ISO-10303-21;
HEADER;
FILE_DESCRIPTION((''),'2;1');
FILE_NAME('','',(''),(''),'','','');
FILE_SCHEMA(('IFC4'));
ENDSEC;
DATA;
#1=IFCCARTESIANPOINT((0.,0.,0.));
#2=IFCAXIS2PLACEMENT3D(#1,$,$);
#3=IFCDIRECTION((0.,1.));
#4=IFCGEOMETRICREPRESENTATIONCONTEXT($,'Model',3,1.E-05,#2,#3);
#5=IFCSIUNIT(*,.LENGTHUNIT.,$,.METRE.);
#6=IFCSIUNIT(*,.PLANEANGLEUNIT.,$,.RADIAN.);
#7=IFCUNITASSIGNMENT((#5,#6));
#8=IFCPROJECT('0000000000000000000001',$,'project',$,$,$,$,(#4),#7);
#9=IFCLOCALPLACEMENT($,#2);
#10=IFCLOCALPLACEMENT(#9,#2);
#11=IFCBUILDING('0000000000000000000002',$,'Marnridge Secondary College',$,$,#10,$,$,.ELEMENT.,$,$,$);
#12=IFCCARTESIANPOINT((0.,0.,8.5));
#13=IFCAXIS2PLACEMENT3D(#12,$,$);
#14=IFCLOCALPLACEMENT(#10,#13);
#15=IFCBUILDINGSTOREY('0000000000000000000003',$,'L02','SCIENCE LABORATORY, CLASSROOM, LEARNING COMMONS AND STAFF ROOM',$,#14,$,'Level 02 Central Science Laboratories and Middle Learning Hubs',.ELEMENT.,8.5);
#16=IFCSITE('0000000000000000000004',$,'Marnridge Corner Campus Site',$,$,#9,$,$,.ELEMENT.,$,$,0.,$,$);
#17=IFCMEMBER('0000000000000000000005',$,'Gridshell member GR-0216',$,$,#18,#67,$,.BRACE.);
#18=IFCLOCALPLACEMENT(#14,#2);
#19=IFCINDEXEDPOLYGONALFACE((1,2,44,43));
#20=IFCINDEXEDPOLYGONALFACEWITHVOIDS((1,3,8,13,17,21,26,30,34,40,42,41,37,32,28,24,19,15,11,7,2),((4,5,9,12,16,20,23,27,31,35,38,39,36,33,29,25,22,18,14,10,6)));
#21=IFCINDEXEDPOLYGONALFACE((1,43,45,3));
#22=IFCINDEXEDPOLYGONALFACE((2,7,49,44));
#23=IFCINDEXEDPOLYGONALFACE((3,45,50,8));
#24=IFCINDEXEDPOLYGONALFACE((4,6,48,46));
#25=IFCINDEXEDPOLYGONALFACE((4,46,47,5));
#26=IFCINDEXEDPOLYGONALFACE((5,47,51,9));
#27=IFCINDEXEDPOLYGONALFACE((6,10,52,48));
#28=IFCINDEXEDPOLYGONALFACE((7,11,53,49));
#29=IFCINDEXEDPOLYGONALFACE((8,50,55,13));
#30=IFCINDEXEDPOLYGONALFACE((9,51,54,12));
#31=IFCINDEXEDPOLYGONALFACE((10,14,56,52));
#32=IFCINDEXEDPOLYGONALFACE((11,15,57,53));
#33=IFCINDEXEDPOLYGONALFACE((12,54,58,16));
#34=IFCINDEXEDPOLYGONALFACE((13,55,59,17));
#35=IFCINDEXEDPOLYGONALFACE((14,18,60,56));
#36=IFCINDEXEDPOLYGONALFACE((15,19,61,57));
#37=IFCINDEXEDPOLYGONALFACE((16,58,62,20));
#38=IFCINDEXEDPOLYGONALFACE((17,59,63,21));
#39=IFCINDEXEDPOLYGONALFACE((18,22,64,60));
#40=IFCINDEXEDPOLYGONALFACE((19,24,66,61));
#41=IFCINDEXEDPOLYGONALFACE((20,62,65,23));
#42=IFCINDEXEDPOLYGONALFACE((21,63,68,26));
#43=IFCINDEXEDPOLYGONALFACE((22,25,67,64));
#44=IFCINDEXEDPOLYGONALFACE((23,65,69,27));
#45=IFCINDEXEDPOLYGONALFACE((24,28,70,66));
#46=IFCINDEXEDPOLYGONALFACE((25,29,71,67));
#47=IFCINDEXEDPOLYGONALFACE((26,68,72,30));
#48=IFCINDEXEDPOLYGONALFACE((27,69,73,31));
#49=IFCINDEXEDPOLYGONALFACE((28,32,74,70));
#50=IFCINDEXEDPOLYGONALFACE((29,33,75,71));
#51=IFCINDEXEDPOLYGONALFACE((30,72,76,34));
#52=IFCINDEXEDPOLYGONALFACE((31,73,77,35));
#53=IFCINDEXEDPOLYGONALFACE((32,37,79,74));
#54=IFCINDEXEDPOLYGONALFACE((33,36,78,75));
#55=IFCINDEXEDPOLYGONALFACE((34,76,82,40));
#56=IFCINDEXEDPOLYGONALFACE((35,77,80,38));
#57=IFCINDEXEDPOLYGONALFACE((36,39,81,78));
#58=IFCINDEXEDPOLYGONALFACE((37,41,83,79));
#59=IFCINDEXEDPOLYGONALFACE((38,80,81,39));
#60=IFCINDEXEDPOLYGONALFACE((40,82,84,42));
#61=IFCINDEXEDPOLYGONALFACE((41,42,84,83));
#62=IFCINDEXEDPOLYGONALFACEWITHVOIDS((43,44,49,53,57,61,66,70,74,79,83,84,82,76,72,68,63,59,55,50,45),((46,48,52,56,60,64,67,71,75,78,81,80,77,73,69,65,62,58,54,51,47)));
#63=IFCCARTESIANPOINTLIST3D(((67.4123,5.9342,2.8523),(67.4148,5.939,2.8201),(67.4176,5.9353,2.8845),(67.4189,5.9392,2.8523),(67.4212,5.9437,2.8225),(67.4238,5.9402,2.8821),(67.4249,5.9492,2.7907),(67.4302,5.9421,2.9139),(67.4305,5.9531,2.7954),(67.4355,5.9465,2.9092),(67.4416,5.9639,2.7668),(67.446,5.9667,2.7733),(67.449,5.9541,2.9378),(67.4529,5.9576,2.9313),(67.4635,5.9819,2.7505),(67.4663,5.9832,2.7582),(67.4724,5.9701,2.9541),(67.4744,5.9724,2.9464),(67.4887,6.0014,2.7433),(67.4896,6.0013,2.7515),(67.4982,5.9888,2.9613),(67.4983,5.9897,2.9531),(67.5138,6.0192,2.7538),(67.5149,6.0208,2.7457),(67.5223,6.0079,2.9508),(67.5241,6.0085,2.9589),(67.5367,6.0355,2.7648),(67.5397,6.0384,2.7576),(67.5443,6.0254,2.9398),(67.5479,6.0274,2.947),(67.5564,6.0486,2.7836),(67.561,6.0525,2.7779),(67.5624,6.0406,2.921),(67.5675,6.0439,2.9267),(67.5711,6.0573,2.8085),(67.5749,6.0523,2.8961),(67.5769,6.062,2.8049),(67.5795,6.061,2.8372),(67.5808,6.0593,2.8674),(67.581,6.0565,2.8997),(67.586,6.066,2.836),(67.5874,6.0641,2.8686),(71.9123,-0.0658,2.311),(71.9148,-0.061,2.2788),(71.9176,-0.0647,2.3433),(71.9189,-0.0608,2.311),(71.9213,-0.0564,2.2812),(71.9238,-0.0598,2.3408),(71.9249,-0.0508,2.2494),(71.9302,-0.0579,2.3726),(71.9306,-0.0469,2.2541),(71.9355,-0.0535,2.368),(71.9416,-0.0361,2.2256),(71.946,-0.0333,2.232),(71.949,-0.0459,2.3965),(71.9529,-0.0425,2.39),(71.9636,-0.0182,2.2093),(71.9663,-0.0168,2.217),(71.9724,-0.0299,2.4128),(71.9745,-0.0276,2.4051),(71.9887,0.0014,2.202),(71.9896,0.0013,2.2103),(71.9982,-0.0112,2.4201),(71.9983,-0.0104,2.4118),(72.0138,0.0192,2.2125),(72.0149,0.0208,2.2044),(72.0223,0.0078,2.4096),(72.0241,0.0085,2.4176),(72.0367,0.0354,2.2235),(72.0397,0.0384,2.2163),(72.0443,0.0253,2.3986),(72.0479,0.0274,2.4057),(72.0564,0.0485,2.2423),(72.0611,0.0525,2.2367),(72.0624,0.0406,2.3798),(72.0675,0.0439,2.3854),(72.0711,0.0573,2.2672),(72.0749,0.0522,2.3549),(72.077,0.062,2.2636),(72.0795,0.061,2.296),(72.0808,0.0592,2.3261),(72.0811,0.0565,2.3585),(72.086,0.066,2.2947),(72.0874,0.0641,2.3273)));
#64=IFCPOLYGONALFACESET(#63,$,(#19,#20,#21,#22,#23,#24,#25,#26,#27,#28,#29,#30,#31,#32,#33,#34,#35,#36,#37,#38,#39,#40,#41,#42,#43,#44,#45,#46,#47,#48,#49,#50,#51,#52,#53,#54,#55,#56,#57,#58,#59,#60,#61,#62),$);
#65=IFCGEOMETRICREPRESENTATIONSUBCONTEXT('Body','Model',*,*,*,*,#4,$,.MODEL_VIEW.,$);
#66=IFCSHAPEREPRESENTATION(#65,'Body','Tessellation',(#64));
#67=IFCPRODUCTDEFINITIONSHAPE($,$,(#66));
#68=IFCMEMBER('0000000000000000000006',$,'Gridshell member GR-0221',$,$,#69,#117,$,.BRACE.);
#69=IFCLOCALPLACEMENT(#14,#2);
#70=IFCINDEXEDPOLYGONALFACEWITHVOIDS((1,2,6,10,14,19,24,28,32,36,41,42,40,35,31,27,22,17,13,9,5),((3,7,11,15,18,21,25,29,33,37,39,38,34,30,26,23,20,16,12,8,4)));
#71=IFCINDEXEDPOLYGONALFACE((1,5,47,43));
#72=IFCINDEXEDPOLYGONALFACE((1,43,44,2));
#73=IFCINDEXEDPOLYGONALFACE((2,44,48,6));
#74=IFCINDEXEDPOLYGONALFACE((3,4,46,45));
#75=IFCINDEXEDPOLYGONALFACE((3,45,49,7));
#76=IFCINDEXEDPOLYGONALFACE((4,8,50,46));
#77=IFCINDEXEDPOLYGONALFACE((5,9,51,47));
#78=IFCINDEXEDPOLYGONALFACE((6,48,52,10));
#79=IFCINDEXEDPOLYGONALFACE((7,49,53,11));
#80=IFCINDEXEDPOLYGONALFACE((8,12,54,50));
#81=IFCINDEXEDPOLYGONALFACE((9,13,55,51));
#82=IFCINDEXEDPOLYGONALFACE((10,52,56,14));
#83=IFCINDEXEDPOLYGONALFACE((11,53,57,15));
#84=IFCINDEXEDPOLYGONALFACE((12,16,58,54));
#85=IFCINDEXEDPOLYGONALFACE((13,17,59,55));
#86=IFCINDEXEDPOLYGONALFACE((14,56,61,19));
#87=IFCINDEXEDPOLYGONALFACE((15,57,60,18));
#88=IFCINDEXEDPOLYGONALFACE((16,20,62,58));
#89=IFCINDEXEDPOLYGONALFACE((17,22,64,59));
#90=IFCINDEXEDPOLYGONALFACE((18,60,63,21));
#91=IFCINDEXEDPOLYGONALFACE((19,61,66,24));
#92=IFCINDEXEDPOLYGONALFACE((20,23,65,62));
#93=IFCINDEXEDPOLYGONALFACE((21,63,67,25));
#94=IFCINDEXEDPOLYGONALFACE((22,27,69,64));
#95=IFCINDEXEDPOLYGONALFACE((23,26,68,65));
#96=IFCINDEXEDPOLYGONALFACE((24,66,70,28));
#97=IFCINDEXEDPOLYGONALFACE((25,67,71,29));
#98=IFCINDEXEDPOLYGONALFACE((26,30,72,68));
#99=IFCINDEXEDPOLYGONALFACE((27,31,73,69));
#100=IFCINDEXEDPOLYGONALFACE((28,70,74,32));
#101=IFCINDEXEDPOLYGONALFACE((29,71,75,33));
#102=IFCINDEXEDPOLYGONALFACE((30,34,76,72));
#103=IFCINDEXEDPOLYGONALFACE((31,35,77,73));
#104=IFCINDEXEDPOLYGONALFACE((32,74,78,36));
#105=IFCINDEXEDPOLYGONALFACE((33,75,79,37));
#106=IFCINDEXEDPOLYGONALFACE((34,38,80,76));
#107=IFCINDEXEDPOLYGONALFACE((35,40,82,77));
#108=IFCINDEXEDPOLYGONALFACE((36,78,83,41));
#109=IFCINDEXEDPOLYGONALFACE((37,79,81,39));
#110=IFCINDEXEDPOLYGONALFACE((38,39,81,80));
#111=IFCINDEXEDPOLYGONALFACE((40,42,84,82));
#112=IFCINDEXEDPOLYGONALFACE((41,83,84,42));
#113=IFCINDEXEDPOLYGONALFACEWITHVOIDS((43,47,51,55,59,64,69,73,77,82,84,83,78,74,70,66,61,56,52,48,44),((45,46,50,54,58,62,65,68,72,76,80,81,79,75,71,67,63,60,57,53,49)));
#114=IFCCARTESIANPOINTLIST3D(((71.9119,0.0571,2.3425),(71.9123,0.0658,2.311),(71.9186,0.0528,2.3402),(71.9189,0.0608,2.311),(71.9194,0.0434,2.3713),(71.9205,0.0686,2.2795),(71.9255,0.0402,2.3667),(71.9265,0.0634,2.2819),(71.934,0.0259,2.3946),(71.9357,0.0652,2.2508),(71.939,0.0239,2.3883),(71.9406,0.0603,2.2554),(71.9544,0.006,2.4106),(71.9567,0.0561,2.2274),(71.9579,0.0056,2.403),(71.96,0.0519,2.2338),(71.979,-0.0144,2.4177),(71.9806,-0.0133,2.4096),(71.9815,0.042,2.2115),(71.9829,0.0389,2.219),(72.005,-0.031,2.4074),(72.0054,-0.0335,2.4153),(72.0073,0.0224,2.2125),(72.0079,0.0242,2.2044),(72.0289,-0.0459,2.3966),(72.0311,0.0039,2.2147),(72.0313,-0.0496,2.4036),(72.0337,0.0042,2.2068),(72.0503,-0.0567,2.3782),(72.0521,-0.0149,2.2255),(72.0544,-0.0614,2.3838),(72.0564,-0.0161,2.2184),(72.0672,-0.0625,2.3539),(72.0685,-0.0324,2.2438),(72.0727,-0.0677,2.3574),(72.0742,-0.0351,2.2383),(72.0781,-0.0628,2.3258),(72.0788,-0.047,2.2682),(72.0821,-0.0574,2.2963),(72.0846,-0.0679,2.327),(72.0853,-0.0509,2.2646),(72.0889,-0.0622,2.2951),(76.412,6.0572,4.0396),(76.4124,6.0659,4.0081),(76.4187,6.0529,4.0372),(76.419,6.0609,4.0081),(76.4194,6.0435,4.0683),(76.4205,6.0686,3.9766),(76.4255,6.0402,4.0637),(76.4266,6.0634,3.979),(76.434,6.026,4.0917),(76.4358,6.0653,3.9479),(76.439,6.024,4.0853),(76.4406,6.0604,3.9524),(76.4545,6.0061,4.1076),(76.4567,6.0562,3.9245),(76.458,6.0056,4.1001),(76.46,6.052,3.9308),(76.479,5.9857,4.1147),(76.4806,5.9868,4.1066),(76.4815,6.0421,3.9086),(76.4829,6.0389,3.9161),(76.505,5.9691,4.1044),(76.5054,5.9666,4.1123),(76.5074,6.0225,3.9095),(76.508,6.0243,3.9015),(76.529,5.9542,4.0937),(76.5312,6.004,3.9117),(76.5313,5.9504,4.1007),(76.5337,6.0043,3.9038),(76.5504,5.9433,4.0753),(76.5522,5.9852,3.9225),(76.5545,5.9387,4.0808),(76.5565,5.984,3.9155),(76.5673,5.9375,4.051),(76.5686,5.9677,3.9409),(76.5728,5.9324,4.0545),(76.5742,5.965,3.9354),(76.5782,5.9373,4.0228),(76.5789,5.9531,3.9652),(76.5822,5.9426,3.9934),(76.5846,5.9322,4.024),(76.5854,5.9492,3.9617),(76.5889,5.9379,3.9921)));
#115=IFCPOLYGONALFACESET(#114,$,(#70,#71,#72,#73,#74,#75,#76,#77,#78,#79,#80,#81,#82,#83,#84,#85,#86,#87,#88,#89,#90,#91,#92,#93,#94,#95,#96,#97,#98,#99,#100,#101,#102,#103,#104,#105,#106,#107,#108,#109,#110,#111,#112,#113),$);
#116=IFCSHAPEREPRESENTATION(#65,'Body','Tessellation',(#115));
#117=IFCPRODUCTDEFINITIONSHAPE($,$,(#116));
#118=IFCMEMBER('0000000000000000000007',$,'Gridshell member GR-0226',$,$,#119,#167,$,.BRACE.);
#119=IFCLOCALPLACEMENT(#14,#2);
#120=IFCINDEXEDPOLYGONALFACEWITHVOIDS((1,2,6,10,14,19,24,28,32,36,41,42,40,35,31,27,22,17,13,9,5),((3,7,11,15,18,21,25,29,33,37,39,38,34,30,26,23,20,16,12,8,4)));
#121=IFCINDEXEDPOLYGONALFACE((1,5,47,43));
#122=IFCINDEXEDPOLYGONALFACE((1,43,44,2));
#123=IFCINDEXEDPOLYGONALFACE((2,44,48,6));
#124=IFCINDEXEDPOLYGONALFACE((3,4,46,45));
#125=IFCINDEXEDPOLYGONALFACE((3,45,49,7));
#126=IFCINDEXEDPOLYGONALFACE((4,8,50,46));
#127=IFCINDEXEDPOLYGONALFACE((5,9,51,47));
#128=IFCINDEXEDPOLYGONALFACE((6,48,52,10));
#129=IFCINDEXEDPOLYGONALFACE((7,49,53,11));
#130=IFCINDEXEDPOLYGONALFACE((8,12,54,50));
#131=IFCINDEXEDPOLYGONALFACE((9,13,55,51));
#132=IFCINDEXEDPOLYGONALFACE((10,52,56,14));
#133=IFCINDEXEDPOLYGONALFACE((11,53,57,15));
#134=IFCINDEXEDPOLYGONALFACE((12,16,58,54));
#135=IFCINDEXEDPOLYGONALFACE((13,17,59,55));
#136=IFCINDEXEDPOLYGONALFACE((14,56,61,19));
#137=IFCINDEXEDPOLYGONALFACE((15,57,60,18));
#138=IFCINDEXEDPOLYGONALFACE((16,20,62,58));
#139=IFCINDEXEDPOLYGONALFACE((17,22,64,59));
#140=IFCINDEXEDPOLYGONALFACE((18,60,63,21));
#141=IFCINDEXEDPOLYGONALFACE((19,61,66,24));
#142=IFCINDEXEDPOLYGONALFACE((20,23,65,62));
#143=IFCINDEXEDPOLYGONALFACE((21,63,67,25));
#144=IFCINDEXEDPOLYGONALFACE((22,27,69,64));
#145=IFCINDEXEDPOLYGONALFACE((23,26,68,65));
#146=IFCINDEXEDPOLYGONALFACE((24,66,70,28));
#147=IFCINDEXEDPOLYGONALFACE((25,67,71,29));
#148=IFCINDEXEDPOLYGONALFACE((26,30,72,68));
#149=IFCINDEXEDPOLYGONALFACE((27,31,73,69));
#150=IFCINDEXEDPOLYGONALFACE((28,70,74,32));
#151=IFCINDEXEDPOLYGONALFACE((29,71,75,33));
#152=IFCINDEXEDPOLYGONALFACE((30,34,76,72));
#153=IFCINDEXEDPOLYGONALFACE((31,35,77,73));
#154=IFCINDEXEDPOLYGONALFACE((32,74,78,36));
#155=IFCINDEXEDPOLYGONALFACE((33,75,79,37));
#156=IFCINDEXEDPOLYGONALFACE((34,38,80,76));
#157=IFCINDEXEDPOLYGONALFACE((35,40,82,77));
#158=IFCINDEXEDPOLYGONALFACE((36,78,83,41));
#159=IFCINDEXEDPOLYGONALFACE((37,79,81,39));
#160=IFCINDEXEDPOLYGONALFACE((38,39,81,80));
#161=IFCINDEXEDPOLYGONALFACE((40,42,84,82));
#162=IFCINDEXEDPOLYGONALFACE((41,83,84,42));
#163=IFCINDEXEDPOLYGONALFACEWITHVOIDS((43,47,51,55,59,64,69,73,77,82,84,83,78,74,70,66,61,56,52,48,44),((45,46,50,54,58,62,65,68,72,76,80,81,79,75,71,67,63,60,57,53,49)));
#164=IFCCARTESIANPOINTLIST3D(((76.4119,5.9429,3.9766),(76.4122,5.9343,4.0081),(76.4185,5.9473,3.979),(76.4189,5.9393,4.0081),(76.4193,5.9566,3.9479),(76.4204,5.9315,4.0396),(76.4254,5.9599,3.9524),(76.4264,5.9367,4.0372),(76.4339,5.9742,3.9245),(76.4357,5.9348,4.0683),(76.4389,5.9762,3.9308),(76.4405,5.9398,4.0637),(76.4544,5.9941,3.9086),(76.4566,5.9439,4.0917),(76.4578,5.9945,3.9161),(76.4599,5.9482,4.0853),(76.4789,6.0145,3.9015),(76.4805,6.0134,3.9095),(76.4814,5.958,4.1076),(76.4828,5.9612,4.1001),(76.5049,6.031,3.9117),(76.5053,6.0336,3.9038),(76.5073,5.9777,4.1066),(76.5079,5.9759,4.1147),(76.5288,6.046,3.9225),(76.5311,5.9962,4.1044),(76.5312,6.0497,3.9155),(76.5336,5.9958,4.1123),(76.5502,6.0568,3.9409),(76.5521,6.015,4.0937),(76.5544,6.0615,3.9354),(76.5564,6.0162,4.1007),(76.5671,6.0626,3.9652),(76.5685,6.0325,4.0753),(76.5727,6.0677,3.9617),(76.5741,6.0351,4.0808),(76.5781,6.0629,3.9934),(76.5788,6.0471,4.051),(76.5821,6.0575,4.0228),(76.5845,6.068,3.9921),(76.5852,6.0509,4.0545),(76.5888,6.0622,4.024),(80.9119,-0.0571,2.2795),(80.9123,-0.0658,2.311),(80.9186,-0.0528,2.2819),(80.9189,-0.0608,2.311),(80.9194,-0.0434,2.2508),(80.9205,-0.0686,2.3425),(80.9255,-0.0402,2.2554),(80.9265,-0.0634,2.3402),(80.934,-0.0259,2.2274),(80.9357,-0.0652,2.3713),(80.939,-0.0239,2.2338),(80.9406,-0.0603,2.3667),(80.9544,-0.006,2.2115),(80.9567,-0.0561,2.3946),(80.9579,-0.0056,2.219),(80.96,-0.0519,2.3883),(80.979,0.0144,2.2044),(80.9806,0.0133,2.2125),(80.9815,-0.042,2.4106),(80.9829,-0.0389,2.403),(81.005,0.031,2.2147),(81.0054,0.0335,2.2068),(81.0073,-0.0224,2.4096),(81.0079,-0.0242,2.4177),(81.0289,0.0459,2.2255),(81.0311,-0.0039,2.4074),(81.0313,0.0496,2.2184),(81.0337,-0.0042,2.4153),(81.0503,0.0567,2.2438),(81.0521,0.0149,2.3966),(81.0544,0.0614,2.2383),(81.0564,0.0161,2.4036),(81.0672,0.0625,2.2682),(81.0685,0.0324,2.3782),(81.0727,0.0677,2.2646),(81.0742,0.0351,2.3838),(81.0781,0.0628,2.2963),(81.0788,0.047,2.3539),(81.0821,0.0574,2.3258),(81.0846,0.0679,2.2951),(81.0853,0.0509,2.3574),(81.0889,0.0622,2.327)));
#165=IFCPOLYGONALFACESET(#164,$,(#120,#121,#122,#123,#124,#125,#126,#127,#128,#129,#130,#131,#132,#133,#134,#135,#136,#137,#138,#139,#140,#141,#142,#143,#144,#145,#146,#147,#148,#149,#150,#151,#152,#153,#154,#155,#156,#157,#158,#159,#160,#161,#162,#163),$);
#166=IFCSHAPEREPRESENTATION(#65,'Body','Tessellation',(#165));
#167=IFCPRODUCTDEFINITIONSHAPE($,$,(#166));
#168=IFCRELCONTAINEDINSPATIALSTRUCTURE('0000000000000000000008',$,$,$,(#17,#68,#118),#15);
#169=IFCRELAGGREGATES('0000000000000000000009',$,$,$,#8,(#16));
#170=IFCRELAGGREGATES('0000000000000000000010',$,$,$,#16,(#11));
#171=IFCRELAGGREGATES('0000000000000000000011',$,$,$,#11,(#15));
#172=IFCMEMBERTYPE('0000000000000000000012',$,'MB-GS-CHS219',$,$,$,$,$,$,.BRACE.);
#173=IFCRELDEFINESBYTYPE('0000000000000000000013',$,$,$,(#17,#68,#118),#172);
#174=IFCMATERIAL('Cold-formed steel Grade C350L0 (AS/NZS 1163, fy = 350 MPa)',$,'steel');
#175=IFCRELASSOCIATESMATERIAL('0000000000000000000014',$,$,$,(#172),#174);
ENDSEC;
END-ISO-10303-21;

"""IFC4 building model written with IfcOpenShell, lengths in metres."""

from ifc_helpers import new_model, si_unit, direction, frame, origin, origin_2d, place, context, subcontext, project, spatial, hollow_circle, extrude, material, material_profile, profile_set, type_object, element, save


model = new_model("IFC4")

# Units and contexts
model_context = context("Model", 3, precision=1e-05, world=origin(), true_north=direction((0.0, 1.0)))
body_context = subcontext(model_context, "Body", "Model", "MODEL_VIEW")
ifc_project = project(units=[si_unit("LENGTHUNIT", "METRE"), si_unit("PLANEANGLEUNIT", "RADIAN")], contexts=[model_context])

# Site, building, storey
site_placement = place(None, origin())
site = spatial("IfcSite", under=ifc_project, at=site_placement, Name="Marnridge Corner Campus Site", CompositionType="ELEMENT", RefElevation=0.0)
building_placement = place(site_placement, origin())
building = spatial("IfcBuilding", under=site, at=building_placement, Name="Marnridge Secondary College", CompositionType="ELEMENT")
storey_placement = place(building_placement, frame((0.0, 0.0, 8.5)))
storey = spatial("IfcBuildingStorey", under=building, at=storey_placement, Name="L02", Description="SCIENCE LABORATORY, CLASSROOM, LEARNING COMMONS AND STAFF ROOM", LongName="Level 02 Central Science Laboratories and Middle Learning Hubs", CompositionType="ELEMENT", Elevation=8.5)

# Members
ifc_material_1 = material(Name="Cold-formed steel Grade C350L0 (AS/NZS 1163, fy = 350 MPa)", Category="steel")
ifc_material_profile_1 = material_profile(ifc_material_1, hollow_circle(Radius=0.1096, WallThickness=0.0083, at=origin_2d()), Name="219.1x8.2CHS")
ifc_profile_set_1 = profile_set([ifc_material_profile_1], Name="Cold-formed steel Grade C350L0 (AS/NZS 1163, fy = 350 MPa)")
member_type_1 = type_object("IfcMemberType", Name="MB-GS-CHS219", PredefinedType="BRACE", material=ifc_profile_set_1)
member_1_placement = place(storey_placement, frame((72.0, 0.0, 2.311), z_axis=(-0.598444, 0.797925, 0.071981), x_axis=(-0.8, -0.6, 0.0)))
element("IfcMember", 1, at=member_1_placement, inside=storey, type_object=member_type_1, Name="Gridshell member GR-0216", PredefinedType="BRACE", context=body_context, shape_type="SweptSolid", body=[
    extrude(hollow_circle(Radius=0.1096, WallThickness=0.0083, at=origin_2d()), origin(), (0.0, 0.0, 1.0), 7.5195),
])
for number, where, z_axis, x_axis, name in (
    (2, (72.0, 0.0, 2.311), (0.585206, 0.780275, 0.220691), (-0.8, 0.6, 0.0), "Gridshell member GR-0221"),
    (3, (81.0, 0.0, 2.311), (-0.585206, 0.780275, 0.220691), (-0.8, -0.6, 0.0), "Gridshell member GR-0226"),
):
    element("IfcMember", number, at=place(storey_placement, frame(where, z_axis=z_axis, x_axis=x_axis)), inside=storey, type_object=member_type_1, Name=name, PredefinedType="BRACE", context=body_context, shape_type="SweptSolid", body=[
        extrude(hollow_circle(Radius=0.1096, WallThickness=0.0083, at=origin_2d()), origin(), (0.0, 0.0, 1.0), 7.6897),
    ])

save(model, "model.ifc")
